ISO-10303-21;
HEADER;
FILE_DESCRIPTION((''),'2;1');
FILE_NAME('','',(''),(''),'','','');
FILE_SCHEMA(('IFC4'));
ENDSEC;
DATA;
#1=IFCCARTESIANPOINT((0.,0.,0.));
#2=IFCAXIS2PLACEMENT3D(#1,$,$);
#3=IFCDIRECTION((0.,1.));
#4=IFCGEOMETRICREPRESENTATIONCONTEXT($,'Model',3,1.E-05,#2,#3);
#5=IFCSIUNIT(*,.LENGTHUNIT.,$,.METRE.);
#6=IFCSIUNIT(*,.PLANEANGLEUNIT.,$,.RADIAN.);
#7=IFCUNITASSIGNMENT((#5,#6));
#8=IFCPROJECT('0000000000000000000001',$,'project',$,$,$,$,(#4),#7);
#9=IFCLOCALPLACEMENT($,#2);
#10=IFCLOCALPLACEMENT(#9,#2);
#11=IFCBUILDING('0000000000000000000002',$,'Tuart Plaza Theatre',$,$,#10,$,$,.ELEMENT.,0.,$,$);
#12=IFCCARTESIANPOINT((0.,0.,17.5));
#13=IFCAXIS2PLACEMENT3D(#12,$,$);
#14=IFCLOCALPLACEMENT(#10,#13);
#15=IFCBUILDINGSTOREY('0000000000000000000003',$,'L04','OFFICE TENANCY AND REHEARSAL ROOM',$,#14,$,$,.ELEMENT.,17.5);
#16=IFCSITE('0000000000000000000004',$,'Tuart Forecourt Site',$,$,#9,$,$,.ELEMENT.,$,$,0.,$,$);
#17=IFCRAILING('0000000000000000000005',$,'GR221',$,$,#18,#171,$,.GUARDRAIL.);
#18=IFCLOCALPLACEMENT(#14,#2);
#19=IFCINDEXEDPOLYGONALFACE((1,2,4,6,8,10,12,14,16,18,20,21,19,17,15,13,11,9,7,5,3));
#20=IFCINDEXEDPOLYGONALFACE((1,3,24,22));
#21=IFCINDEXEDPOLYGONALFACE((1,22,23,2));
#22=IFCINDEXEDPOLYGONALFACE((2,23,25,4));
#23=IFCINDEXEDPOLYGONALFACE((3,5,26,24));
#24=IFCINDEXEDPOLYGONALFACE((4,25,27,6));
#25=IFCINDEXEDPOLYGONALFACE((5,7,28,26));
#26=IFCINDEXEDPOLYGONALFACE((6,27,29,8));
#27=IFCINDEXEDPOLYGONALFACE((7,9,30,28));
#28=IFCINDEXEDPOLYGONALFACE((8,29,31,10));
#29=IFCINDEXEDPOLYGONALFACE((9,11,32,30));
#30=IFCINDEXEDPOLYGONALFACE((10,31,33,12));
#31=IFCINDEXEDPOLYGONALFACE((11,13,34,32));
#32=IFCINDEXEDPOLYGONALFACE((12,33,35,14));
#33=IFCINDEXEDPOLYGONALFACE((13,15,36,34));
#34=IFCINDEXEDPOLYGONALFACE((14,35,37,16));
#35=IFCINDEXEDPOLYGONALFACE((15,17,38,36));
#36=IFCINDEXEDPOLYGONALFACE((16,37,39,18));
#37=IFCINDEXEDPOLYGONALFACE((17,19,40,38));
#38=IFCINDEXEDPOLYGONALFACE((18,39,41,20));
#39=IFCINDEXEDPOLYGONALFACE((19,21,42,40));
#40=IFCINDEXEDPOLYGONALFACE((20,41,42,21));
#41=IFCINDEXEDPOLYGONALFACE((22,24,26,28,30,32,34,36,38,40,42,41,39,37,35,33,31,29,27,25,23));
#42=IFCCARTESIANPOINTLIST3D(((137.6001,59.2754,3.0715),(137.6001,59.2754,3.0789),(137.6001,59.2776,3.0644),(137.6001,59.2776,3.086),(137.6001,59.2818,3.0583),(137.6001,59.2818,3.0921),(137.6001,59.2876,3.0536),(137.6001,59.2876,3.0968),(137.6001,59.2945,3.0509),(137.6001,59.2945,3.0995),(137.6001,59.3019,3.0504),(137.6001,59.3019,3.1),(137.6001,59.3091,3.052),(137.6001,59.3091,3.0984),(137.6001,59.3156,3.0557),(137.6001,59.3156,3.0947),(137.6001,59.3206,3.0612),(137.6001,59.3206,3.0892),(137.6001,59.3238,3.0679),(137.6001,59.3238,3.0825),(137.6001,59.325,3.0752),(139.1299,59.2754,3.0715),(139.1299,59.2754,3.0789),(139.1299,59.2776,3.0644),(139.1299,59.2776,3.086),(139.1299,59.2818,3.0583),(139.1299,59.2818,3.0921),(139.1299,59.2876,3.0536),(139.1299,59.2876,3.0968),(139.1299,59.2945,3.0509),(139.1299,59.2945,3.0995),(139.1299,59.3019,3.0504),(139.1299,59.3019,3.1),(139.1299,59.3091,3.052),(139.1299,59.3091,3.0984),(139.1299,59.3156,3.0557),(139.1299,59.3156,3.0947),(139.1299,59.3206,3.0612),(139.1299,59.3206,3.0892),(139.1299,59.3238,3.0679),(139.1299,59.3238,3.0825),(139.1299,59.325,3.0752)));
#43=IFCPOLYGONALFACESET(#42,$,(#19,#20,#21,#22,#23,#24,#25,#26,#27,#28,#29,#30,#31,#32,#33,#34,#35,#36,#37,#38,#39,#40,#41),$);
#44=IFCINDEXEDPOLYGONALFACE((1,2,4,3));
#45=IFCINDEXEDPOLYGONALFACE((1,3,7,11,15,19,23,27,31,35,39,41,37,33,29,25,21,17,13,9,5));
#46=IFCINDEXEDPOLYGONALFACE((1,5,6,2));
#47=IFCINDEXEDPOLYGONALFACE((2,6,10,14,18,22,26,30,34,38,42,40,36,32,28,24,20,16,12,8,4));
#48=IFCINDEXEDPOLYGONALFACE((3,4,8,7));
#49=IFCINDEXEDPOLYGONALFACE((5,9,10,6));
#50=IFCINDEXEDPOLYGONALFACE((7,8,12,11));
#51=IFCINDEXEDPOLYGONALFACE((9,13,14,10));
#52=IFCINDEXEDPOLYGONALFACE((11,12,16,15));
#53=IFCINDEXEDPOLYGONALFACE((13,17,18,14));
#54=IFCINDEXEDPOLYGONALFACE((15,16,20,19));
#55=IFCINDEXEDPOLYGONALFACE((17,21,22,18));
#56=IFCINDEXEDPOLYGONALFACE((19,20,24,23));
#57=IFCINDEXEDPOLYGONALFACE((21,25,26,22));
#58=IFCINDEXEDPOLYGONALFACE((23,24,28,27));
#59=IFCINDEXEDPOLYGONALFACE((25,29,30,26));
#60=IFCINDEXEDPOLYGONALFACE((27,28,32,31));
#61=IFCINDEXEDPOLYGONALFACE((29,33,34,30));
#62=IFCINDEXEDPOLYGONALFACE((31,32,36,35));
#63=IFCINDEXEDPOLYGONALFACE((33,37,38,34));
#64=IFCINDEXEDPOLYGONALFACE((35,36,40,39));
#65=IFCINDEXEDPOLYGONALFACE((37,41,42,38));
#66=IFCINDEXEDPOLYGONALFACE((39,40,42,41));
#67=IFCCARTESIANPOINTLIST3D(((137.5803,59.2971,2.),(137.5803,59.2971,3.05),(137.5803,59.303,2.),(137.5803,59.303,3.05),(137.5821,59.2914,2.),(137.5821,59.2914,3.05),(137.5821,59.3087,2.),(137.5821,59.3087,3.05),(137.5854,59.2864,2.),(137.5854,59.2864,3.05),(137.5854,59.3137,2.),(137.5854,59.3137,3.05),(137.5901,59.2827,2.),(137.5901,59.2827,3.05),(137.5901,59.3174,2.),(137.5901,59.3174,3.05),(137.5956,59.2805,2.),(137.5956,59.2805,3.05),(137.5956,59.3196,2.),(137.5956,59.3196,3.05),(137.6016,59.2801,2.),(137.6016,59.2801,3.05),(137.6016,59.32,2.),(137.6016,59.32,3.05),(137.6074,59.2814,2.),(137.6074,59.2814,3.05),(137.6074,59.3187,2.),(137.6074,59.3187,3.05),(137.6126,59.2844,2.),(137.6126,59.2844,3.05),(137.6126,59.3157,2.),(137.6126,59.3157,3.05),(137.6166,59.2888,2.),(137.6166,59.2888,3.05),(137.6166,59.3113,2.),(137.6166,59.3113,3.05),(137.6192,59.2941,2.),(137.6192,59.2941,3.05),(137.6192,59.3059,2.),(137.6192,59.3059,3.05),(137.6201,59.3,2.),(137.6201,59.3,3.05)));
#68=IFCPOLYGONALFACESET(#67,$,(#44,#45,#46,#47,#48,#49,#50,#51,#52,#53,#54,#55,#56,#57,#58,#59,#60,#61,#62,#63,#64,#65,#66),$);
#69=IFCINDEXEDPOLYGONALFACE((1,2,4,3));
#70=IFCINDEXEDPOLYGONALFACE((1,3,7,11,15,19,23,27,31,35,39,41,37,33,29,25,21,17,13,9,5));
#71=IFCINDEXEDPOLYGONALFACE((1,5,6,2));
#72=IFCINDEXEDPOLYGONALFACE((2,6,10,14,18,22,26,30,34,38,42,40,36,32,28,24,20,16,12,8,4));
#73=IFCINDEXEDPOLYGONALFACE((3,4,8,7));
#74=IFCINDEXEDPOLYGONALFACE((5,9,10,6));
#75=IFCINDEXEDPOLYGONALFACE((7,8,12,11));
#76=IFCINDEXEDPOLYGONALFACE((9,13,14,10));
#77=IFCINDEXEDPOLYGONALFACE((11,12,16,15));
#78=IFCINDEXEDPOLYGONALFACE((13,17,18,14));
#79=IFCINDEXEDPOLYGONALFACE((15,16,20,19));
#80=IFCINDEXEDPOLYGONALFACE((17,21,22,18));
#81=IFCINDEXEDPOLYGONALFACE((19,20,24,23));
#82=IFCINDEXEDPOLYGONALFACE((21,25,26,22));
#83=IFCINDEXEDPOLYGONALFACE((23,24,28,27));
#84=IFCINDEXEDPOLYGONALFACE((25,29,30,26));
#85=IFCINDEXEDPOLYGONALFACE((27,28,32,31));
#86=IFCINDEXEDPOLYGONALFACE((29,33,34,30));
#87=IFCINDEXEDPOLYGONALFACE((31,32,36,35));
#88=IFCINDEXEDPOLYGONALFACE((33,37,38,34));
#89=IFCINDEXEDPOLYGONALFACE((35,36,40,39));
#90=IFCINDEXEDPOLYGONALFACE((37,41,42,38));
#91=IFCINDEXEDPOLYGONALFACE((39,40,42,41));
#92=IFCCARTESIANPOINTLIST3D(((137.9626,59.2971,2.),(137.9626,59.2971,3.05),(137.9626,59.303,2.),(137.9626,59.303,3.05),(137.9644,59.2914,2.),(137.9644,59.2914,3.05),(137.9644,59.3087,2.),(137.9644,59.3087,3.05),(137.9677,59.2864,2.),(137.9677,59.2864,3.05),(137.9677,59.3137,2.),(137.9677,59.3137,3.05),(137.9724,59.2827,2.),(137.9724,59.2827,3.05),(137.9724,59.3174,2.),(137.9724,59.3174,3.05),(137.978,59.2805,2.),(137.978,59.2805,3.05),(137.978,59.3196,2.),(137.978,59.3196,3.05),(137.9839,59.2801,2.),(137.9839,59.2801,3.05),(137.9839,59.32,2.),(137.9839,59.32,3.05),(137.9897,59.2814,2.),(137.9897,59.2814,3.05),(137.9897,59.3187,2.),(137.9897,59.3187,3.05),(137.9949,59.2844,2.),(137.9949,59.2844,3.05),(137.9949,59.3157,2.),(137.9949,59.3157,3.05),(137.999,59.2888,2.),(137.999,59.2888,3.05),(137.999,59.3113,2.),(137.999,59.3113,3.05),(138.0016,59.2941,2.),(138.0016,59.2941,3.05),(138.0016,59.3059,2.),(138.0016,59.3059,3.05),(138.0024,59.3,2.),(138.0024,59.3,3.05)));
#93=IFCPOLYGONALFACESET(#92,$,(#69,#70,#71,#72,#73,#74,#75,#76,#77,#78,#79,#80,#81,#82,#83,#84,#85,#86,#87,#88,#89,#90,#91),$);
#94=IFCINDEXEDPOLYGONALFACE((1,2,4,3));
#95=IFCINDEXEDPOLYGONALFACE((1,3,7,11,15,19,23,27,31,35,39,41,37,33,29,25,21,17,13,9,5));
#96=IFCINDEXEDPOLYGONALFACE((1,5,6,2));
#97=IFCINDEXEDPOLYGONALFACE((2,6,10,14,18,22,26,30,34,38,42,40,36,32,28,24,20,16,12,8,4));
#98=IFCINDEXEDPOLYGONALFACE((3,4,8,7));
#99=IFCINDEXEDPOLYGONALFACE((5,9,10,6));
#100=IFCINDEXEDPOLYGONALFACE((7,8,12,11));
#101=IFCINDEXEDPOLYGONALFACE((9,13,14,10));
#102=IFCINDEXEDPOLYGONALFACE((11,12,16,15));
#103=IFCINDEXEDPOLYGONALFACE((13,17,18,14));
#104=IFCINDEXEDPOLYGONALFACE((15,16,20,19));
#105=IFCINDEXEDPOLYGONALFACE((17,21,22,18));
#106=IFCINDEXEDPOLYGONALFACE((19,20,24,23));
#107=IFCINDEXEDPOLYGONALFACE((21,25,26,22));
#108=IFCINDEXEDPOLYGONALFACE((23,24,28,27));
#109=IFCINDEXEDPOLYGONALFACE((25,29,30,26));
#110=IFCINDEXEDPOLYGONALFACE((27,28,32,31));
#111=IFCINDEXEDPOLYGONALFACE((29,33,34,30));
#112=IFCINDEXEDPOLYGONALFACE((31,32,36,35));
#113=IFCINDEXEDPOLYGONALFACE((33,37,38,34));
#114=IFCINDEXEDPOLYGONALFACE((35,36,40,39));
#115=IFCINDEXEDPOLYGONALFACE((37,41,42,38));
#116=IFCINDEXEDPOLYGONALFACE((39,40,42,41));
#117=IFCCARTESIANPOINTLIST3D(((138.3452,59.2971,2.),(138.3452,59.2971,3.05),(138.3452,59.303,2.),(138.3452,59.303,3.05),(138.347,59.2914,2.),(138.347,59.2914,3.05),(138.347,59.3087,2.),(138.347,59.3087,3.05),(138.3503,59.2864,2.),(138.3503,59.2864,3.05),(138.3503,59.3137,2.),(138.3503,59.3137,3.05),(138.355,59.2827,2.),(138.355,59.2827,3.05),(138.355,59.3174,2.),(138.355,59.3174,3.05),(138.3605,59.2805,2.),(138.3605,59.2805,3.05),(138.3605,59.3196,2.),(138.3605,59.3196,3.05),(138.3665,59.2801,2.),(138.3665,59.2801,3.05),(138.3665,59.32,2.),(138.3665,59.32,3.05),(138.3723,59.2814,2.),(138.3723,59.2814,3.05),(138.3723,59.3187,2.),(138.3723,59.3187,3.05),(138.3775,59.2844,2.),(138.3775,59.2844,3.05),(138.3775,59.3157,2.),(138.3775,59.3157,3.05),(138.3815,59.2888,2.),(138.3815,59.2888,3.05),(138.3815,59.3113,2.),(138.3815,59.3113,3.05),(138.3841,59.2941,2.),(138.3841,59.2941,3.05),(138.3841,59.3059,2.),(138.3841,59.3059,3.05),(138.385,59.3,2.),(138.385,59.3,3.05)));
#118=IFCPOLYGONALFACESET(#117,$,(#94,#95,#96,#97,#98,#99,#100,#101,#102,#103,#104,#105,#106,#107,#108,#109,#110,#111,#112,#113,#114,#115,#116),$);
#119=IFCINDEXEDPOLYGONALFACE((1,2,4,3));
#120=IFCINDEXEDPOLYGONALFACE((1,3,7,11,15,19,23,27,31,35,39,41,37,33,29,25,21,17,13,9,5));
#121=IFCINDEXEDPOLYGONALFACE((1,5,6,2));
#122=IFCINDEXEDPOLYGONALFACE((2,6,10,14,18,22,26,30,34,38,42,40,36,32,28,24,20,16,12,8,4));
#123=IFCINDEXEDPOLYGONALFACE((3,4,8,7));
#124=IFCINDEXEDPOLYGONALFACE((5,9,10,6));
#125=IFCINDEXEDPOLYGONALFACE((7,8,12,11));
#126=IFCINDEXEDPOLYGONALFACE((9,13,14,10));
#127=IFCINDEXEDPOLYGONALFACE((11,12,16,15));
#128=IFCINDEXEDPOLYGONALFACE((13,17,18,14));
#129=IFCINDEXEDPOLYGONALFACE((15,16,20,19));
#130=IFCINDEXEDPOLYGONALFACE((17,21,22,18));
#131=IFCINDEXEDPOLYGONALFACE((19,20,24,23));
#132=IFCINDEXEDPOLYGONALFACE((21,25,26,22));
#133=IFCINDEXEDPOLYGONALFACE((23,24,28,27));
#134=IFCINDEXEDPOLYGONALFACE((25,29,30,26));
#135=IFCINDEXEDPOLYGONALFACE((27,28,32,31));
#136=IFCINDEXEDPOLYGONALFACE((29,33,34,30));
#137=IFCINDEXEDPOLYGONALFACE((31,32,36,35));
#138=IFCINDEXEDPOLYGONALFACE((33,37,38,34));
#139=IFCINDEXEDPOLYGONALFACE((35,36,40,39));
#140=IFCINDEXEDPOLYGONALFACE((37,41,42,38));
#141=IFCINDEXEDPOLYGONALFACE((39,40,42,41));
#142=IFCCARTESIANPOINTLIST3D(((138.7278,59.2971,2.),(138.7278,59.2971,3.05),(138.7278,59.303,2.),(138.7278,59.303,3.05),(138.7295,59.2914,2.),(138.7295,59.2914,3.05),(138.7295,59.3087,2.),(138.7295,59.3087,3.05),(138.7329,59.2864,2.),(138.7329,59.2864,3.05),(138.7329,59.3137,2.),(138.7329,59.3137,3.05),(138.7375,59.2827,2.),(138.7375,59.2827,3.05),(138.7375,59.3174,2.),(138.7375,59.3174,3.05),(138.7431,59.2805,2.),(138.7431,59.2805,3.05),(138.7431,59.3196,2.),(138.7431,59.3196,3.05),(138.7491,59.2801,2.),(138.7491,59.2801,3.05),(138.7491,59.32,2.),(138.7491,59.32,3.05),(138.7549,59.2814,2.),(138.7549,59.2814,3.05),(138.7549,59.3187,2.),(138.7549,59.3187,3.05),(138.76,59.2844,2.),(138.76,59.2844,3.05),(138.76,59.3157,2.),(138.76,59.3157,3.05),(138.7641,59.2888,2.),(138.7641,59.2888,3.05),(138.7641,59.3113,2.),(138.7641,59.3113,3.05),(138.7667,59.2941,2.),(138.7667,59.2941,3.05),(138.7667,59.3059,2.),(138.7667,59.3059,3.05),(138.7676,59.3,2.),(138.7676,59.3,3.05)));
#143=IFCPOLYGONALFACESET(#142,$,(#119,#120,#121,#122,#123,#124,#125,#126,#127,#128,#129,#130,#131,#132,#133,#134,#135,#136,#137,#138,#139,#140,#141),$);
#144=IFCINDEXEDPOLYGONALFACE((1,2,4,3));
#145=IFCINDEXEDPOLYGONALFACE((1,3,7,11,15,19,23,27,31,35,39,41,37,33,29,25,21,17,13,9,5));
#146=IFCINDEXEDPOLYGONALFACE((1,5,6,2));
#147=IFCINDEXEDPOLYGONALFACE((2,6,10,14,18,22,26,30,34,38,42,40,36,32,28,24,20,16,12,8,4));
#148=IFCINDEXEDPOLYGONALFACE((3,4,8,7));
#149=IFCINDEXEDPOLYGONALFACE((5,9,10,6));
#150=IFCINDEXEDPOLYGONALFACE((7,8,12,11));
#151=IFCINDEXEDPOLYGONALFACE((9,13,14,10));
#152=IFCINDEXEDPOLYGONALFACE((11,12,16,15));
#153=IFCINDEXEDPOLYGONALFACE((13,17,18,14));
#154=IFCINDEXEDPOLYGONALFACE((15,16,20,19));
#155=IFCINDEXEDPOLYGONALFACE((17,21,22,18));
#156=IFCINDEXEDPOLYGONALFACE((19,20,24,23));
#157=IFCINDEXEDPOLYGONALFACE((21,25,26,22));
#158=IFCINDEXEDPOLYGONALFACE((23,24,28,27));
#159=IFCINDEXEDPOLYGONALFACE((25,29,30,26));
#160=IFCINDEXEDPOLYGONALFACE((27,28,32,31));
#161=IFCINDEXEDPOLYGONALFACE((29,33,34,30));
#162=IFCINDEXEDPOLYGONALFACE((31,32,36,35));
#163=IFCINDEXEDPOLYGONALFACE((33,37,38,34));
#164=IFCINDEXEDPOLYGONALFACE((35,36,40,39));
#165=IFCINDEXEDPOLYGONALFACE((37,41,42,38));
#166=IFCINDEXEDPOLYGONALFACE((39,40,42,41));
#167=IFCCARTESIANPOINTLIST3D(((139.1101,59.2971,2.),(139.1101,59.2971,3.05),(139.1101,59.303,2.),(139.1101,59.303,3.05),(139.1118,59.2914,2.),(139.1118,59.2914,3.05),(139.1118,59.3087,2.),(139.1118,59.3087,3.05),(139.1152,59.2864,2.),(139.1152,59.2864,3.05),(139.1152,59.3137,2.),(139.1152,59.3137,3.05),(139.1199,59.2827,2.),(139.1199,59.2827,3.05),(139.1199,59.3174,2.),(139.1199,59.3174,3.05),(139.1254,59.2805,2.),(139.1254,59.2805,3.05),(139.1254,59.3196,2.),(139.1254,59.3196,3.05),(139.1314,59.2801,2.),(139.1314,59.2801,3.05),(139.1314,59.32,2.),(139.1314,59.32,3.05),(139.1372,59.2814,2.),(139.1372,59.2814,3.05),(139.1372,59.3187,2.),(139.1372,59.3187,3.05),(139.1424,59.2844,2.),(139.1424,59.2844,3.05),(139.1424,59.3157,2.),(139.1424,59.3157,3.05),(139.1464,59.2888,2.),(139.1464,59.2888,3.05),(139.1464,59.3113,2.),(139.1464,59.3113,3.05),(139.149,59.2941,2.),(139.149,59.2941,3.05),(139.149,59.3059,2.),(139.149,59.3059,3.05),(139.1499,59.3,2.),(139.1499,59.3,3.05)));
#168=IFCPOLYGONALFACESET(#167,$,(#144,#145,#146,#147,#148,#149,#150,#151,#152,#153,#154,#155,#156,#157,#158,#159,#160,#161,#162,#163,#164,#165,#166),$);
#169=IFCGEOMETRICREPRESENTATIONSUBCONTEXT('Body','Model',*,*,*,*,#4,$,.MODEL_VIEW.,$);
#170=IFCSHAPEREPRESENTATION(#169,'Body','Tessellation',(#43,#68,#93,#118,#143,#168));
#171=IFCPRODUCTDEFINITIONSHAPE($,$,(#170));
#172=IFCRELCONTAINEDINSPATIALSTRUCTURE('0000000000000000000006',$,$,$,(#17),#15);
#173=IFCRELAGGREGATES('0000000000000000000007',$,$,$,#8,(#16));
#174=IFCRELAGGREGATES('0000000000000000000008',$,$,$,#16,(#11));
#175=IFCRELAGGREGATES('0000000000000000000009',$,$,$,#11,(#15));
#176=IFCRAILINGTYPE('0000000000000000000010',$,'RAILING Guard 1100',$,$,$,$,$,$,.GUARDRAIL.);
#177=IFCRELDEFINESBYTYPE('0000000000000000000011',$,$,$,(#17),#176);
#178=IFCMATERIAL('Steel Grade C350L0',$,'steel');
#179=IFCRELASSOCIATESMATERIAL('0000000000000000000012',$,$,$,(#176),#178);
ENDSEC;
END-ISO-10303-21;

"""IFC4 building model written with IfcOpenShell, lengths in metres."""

from ifc_helpers import new_model, si_unit, direction, frame, origin, origin_2d, place, context, subcontext, project, spatial, circle, extrude, material, type_object, element, save


model = new_model("IFC4")

# Units and contexts
model_context = context("Model", 3, precision=1e-05, world=origin(), true_north=direction((0.0, 1.0)))
body_context = subcontext(model_context, "Body", "Model", "MODEL_VIEW")
ifc_project = project(units=[si_unit("LENGTHUNIT", "METRE"), si_unit("PLANEANGLEUNIT", "RADIAN")], contexts=[model_context])

# Site, building, storey
site_placement = place(None, origin())
site = spatial("IfcSite", under=ifc_project, at=site_placement, Name="Tuart Forecourt Site", CompositionType="ELEMENT", RefElevation=0.0)
building_placement = place(site_placement, origin())
building = spatial("IfcBuilding", under=site, at=building_placement, Name="Tuart Plaza Theatre", CompositionType="ELEMENT", ElevationOfRefHeight=0.0)
storey_placement = place(building_placement, frame((0.0, 0.0, 17.5)))
storey = spatial("IfcBuildingStorey", under=building, at=storey_placement, Name="L04", Description="OFFICE TENANCY AND REHEARSAL ROOM", CompositionType="ELEMENT", Elevation=17.5)

# Railing
ifc_material_1 = material(Name="Steel Grade C350L0", Category="steel")
railing_type_1 = type_object("IfcRailingType", Name="RAILING Guard 1100", PredefinedType="GUARDRAIL", material=ifc_material_1)
railing_1_placement = place(storey_placement, frame((137.6001, 59.3, 2.0)))
element("IfcRailing", 1, at=railing_1_placement, inside=storey, type_object=railing_type_1, Name="GR221", PredefinedType="GUARDRAIL", context=body_context, shape_type="SweptSolid", body=[
    extrude(circle(Radius=0.0249, at=origin_2d()), frame((0.0, 0.0, 1.0752), z_axis=(1.0, 0.0, 0.0), x_axis=(0.0, 1.0, 0.0)), (0.0, 0.0, 1.0), 1.5298),
    extrude(circle(Radius=0.02, at=origin_2d()), origin(), (0.0, 0.0, 1.0), 1.05),
    extrude(circle(Radius=0.02, at=origin_2d()), frame((0.3823, 0.0, 0.0)), (0.0, 0.0, 1.0), 1.05),
    extrude(circle(Radius=0.02, at=origin_2d()), frame((0.7649, 0.0, 0.0)), (0.0, 0.0, 1.0), 1.05),
    extrude(circle(Radius=0.02, at=origin_2d()), frame((1.1475, 0.0, 0.0)), (0.0, 0.0, 1.0), 1.05),
    extrude(circle(Radius=0.02, at=origin_2d()), frame((1.5298, 0.0, 0.0)), (0.0, 0.0, 1.0), 1.05),
])

save(model, "model.ifc")
